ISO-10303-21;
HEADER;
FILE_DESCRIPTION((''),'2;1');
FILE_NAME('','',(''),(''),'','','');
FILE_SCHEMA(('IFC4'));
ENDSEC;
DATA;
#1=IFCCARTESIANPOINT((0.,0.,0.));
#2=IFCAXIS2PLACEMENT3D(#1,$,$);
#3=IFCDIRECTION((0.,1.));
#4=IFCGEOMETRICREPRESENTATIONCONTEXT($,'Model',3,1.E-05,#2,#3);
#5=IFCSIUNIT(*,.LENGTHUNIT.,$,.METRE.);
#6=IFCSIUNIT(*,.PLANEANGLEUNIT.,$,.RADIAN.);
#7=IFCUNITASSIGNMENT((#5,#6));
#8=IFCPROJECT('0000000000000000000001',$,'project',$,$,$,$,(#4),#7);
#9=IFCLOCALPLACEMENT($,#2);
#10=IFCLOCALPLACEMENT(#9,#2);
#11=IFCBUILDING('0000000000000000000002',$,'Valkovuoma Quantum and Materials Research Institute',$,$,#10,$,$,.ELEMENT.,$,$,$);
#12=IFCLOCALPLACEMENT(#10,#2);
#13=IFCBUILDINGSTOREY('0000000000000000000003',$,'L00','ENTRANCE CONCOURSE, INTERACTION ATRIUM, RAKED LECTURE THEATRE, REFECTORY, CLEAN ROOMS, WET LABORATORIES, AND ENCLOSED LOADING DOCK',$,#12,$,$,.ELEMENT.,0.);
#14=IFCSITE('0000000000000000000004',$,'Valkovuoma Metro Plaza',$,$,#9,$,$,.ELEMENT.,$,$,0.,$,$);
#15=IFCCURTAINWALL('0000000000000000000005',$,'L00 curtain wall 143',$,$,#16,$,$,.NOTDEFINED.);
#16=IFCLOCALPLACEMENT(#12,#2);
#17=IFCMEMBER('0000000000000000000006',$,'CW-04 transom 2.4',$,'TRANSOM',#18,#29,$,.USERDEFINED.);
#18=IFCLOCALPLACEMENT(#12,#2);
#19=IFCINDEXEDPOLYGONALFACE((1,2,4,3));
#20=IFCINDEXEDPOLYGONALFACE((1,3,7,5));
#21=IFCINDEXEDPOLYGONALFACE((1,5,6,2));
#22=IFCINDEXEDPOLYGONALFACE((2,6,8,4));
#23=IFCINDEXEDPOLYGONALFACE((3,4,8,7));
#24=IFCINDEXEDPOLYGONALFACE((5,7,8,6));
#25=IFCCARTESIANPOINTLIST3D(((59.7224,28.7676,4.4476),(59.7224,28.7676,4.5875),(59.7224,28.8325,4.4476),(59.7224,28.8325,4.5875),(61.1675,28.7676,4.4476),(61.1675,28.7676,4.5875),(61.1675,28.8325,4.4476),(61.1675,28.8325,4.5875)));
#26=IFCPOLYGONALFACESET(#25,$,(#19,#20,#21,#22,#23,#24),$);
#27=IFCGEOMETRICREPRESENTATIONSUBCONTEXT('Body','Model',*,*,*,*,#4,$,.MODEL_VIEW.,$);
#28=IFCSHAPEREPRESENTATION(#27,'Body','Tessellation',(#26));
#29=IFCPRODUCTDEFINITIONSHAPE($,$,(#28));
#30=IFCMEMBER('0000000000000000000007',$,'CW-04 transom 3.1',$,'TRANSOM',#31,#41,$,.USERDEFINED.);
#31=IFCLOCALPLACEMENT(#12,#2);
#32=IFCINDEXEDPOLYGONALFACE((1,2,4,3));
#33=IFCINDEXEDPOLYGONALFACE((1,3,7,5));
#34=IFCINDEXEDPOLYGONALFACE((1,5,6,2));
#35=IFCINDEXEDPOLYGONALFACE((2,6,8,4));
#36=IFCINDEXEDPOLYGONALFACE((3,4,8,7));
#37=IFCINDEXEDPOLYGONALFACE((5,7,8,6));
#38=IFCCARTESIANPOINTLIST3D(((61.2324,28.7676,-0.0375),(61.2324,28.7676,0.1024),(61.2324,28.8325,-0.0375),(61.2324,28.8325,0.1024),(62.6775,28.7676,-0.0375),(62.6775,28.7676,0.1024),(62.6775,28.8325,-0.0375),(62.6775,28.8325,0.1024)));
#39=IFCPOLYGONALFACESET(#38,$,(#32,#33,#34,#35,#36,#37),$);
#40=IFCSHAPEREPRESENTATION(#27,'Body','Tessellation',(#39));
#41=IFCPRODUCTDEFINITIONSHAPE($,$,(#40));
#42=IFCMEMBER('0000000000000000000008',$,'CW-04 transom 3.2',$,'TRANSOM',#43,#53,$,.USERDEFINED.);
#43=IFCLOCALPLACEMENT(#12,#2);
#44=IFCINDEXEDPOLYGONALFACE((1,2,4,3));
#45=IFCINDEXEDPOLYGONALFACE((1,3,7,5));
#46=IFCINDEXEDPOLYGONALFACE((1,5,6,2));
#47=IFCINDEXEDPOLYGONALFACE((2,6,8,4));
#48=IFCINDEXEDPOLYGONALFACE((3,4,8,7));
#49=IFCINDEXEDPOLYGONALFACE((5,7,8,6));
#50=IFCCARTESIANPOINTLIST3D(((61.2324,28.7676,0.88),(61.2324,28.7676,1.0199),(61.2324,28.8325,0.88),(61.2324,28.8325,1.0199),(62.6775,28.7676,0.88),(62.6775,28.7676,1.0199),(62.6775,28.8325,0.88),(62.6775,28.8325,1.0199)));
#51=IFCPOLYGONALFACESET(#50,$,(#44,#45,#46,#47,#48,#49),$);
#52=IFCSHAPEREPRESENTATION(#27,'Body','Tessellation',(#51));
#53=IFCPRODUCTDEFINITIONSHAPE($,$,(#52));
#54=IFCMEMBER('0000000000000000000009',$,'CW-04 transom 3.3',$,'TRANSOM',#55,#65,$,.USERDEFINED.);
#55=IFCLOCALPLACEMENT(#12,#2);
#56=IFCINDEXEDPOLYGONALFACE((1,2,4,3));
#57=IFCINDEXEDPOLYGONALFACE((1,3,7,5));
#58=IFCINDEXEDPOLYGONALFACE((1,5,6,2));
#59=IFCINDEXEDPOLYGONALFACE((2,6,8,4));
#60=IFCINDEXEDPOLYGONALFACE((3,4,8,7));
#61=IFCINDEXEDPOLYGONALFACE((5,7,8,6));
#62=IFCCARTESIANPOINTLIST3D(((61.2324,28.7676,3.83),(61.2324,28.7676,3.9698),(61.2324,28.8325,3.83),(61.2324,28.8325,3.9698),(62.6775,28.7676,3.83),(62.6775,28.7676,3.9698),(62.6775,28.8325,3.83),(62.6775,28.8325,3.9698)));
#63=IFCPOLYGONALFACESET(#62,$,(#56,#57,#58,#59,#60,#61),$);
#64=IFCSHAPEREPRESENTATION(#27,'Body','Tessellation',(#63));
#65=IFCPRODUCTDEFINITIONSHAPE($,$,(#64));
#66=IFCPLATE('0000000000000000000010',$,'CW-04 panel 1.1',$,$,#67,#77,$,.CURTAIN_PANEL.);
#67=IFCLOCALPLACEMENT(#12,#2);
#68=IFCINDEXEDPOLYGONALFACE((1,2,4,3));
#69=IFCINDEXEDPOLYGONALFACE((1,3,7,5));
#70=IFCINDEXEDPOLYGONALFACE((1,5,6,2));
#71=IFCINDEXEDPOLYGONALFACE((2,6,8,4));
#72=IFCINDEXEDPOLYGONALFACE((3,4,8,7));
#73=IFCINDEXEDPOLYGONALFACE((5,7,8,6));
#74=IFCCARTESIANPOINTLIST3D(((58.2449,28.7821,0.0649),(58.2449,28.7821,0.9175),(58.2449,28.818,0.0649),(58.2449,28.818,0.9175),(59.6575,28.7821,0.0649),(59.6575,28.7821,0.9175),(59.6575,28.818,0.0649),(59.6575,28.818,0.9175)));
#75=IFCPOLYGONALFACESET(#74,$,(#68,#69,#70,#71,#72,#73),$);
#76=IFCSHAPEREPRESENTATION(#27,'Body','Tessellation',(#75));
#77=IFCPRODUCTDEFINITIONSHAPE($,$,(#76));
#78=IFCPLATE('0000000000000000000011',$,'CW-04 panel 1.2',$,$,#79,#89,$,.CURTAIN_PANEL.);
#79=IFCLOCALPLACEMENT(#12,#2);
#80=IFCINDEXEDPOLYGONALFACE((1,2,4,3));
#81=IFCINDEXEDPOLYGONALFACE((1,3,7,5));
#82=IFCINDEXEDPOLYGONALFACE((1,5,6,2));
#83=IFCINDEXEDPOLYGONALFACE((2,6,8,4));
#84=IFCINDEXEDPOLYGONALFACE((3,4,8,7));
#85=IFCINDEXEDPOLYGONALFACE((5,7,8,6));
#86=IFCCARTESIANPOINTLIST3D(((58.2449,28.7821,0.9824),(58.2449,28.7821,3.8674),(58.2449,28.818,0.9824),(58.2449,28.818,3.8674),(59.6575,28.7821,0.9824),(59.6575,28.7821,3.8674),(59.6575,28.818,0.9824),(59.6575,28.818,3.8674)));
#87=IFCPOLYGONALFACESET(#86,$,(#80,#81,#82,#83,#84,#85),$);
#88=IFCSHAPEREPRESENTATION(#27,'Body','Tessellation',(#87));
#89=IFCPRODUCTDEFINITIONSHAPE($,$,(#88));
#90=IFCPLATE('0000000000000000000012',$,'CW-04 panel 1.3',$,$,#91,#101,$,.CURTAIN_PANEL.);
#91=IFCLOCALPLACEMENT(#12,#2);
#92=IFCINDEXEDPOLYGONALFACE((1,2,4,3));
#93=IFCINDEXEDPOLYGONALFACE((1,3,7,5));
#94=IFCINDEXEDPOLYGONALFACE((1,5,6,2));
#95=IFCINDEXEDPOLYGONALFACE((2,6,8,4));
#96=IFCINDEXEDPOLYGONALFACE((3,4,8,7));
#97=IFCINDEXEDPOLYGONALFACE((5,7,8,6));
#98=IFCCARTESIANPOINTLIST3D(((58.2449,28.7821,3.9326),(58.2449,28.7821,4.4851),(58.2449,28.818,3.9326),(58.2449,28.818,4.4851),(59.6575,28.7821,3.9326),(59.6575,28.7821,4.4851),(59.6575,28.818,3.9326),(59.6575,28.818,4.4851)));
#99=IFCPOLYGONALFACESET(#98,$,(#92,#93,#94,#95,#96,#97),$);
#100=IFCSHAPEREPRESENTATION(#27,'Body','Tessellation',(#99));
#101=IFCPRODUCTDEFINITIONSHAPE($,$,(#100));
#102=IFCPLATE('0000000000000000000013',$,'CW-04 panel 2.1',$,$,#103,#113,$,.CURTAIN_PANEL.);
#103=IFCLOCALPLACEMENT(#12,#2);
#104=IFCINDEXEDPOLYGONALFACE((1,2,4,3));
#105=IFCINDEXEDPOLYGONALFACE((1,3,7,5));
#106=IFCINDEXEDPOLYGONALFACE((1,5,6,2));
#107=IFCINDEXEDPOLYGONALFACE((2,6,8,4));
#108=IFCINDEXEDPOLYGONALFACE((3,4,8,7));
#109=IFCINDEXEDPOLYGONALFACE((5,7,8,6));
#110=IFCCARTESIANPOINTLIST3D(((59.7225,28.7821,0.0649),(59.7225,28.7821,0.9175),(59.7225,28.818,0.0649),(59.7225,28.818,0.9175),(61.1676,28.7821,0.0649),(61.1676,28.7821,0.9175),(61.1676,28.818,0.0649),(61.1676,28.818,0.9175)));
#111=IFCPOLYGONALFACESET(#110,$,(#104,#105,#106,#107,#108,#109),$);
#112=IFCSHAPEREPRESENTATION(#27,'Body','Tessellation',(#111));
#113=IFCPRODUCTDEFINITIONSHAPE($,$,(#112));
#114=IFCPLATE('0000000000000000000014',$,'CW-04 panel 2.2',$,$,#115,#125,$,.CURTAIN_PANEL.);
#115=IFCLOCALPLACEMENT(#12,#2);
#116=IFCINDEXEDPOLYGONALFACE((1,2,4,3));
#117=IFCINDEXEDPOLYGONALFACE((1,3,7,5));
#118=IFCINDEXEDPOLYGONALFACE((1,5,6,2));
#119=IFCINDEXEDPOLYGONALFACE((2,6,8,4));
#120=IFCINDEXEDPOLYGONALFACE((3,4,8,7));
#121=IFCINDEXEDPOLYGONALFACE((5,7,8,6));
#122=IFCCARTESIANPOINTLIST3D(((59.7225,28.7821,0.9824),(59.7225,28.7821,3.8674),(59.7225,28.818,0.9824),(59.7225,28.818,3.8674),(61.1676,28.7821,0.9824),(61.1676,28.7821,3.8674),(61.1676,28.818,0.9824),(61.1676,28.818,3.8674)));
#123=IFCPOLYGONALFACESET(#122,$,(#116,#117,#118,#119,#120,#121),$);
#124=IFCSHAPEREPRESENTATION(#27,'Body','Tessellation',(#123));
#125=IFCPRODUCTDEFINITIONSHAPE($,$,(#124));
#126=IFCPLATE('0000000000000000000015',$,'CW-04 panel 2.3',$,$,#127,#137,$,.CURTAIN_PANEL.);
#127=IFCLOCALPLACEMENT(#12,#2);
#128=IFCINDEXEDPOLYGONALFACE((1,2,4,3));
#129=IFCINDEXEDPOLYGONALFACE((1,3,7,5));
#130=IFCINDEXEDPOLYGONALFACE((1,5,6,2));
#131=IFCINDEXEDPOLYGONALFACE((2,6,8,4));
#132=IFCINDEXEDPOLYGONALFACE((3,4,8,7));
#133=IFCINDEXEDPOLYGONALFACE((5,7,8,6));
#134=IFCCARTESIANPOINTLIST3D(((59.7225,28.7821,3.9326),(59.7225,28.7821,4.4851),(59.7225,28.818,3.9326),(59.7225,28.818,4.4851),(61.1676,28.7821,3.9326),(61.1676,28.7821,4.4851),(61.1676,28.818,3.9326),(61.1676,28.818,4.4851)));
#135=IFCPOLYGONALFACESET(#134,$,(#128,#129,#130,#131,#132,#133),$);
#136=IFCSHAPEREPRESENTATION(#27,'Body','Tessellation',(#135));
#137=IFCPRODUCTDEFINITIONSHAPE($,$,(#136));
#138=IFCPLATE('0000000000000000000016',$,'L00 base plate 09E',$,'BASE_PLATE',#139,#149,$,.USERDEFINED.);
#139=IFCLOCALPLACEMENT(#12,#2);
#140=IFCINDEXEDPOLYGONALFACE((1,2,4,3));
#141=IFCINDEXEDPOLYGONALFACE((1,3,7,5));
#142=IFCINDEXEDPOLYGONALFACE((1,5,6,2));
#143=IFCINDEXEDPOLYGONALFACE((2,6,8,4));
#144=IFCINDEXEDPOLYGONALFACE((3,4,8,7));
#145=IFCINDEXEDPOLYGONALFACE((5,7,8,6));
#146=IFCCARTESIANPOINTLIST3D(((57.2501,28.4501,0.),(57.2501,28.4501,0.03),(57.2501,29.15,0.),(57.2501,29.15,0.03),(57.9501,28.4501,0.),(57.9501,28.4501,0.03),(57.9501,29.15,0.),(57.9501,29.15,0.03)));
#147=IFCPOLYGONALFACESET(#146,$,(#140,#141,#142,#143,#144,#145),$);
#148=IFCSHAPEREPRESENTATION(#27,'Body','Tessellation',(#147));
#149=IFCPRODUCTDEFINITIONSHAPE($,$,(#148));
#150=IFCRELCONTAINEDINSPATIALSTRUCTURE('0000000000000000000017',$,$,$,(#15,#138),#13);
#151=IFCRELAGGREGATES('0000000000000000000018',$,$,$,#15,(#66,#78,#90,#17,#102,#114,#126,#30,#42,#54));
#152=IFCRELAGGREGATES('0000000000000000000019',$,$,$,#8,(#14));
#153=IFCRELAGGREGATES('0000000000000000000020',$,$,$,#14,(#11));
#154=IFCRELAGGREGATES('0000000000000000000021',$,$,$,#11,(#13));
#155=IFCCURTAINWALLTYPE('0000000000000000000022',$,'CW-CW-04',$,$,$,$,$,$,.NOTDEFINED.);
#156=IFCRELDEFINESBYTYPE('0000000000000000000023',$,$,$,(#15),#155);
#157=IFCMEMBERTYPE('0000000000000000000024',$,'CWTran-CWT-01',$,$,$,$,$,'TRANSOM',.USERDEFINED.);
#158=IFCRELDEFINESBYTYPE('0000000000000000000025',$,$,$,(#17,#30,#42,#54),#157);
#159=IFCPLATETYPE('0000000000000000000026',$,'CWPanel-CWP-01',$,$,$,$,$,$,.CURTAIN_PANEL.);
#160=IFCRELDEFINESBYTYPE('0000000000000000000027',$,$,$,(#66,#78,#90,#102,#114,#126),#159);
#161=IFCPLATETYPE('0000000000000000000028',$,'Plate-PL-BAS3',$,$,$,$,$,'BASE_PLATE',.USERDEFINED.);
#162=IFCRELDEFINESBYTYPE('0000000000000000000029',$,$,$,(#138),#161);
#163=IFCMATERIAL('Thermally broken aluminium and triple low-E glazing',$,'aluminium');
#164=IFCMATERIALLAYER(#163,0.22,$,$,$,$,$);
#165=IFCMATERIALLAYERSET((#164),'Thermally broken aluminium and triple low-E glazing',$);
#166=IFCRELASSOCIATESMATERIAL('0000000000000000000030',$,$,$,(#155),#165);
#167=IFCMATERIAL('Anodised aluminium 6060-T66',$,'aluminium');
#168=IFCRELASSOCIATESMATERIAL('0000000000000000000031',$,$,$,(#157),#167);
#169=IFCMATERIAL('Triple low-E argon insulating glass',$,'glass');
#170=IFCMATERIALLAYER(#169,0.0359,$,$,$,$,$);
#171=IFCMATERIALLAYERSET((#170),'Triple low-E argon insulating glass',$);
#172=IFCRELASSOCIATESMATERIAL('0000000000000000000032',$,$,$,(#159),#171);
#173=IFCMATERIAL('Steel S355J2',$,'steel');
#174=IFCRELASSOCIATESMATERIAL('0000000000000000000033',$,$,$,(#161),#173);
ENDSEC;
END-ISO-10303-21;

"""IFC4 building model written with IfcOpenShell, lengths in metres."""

from ifc_helpers import new_model, si_unit, direction, frame, origin, origin_2d, place, context, subcontext, project, spatial, rectangle, extrude, material, layer, layer_set, material_profile, profile_set, type_object, element, aggregate, save


model = new_model("IFC4")

# Units and contexts
model_context = context("Model", 3, precision=1e-05, world=origin(), true_north=direction((0.0, 1.0)))
body_context = subcontext(model_context, "Body", "Model", "MODEL_VIEW")
ifc_project = project(units=[si_unit("LENGTHUNIT", "METRE"), si_unit("PLANEANGLEUNIT", "RADIAN")], contexts=[model_context])

# Site, building, storey
site_placement = place(None, origin())
site = spatial("IfcSite", under=ifc_project, at=site_placement, Name="Valkovuoma Metro Plaza", CompositionType="ELEMENT", RefElevation=0.0)
building_placement = place(site_placement, origin())
building = spatial("IfcBuilding", under=site, at=building_placement, Name="Valkovuoma Quantum and Materials Research Institute", CompositionType="ELEMENT")
storey_placement = place(building_placement, origin())
storey = spatial("IfcBuildingStorey", under=building, at=storey_placement, Name="L00", Description="ENTRANCE CONCOURSE, INTERACTION ATRIUM, RAKED LECTURE THEATRE, REFECTORY, CLEAN ROOMS, WET LABORATORIES, AND ENCLOSED LOADING DOCK", CompositionType="ELEMENT", Elevation=0.0)

# Curtain wall, members, plates
ifc_material_1 = material(Name="Thermally broken aluminium and triple low-E glazing", Category="aluminium")
ifc_layer_1 = layer(ifc_material_1, 0.22)
ifc_layer_set_1 = layer_set([ifc_layer_1], Name="Thermally broken aluminium and triple low-E glazing")
curtain_wall_type = type_object("IfcCurtainWallType", Name="CW-CW-04", PredefinedType="NOTDEFINED", material=ifc_layer_set_1)
curtain_wall_placement = place(storey_placement, origin())
curtain_wall = element("IfcCurtainWall", 1, at=curtain_wall_placement, inside=storey, type_object=curtain_wall_type, Name="L00 curtain wall 143", PredefinedType="NOTDEFINED")
ifc_material_2 = material(Name="Anodised aluminium 6060-T66", Category="aluminium")
ifc_material_profile_1 = material_profile(ifc_material_2, rectangle(XDim=0.0649, YDim=0.1399, at=origin_2d()), Name="Anodised aluminium 6060-T66")
ifc_profile_set_1 = profile_set([ifc_material_profile_1], Name="Anodised aluminium 6060-T66")
member_type_1 = type_object("IfcMemberType", Name="CWTran-CWT-01", ElementType="TRANSOM", PredefinedType="USERDEFINED", material=ifc_profile_set_1)
member_1_placement = place(storey_placement, frame((59.7224, 28.8, 4.5176), z_axis=(1.0, 0.0, 0.0), x_axis=(0.0, 1.0, 0.0)))
member_1 = element("IfcMember", 2, at=member_1_placement, type_object=member_type_1, Name="CW-04 transom 2.4", ObjectType="TRANSOM", PredefinedType="USERDEFINED", context=body_context, shape_type="SweptSolid", body=[
    extrude(rectangle(XDim=0.0649, YDim=0.1399, at=origin_2d()), origin(), (0.0, 0.0, 1.0), 1.4451),
])
member_2_placement = place(storey_placement, frame((61.2324, 28.8, 0.0325), z_axis=(1.0, 0.0, 0.0), x_axis=(0.0, 1.0, 0.0)))
member_2 = element("IfcMember", 3, at=member_2_placement, type_object=member_type_1, Name="CW-04 transom 3.1", ObjectType="TRANSOM", PredefinedType="USERDEFINED", context=body_context, shape_type="SweptSolid", body=[
    extrude(rectangle(XDim=0.0649, YDim=0.1399, at=origin_2d()), origin(), (0.0, 0.0, 1.0), 1.4451),
])
member_3_placement = place(storey_placement, frame((61.2324, 28.8, 0.95), z_axis=(1.0, 0.0, 0.0), x_axis=(0.0, 1.0, 0.0)))
member_3 = element("IfcMember", 4, at=member_3_placement, type_object=member_type_1, Name="CW-04 transom 3.2", ObjectType="TRANSOM", PredefinedType="USERDEFINED", context=body_context, shape_type="SweptSolid", body=[
    extrude(rectangle(XDim=0.0649, YDim=0.1399, at=origin_2d()), origin(), (0.0, 0.0, 1.0), 1.4451),
])
member_4_placement = place(storey_placement, frame((61.2324, 28.8, 3.8999), z_axis=(1.0, 0.0, 0.0), x_axis=(0.0, 1.0, 0.0)))
member_4 = element("IfcMember", 5, at=member_4_placement, type_object=member_type_1, Name="CW-04 transom 3.3", ObjectType="TRANSOM", PredefinedType="USERDEFINED", context=body_context, shape_type="SweptSolid", body=[
    extrude(rectangle(XDim=0.0649, YDim=0.1399, at=origin_2d()), origin(), (0.0, 0.0, 1.0), 1.4451),
])
ifc_material_3 = material(Name="Triple low-E argon insulating glass", Category="glass")
ifc_layer_2 = layer(ifc_material_3, 0.0359)
ifc_layer_set_2 = layer_set([ifc_layer_2], Name="Triple low-E argon insulating glass")
plate_type_1 = type_object("IfcPlateType", Name="CWPanel-CWP-01", PredefinedType="CURTAIN_PANEL", material=ifc_layer_set_2)
plate_1_placement = place(storey_placement, frame((58.9512, 28.8, 0.0649), z_axis=(0.0, 0.0, 1.0), x_axis=(1.0, 0.0, 0.0)))
plate_1 = element("IfcPlate", 6, at=plate_1_placement, type_object=plate_type_1, Name="CW-04 panel 1.1", PredefinedType="CURTAIN_PANEL", context=body_context, shape_type="SweptSolid", body=[
    extrude(rectangle(XDim=1.4126, YDim=0.0359, at=origin_2d()), origin(), (0.0, 0.0, 1.0), 0.8525),
])
plate_2_placement = place(storey_placement, frame((58.9512, 28.8, 0.9824), z_axis=(0.0, 0.0, 1.0), x_axis=(1.0, 0.0, 0.0)))
plate_2 = element("IfcPlate", 7, at=plate_2_placement, type_object=plate_type_1, Name="CW-04 panel 1.2", PredefinedType="CURTAIN_PANEL", context=body_context, shape_type="SweptSolid", body=[
    extrude(rectangle(XDim=1.4126, YDim=0.0359, at=origin_2d()), origin(), (0.0, 0.0, 1.0), 2.885),
])
plate_3_placement = place(storey_placement, frame((58.9512, 28.8, 3.9326), z_axis=(0.0, 0.0, 1.0), x_axis=(1.0, 0.0, 0.0)))
plate_3 = element("IfcPlate", 8, at=plate_3_placement, type_object=plate_type_1, Name="CW-04 panel 1.3", PredefinedType="CURTAIN_PANEL", context=body_context, shape_type="SweptSolid", body=[
    extrude(rectangle(XDim=1.4126, YDim=0.0359, at=origin_2d()), origin(), (0.0, 0.0, 1.0), 0.5525),
])
plate_4_placement = place(storey_placement, frame((60.4451, 28.8, 0.0649), z_axis=(0.0, 0.0, 1.0), x_axis=(1.0, 0.0, 0.0)))
plate_4 = element("IfcPlate", 9, at=plate_4_placement, type_object=plate_type_1, Name="CW-04 panel 2.1", PredefinedType="CURTAIN_PANEL", context=body_context, shape_type="SweptSolid", body=[
    extrude(rectangle(XDim=1.4451, YDim=0.0359, at=origin_2d()), origin(), (0.0, 0.0, 1.0), 0.8525),
])
plate_5_placement = place(storey_placement, frame((60.4451, 28.8, 0.9824), z_axis=(0.0, 0.0, 1.0), x_axis=(1.0, 0.0, 0.0)))
plate_5 = element("IfcPlate", 10, at=plate_5_placement, type_object=plate_type_1, Name="CW-04 panel 2.2", PredefinedType="CURTAIN_PANEL", context=body_context, shape_type="SweptSolid", body=[
    extrude(rectangle(XDim=1.4451, YDim=0.0359, at=origin_2d()), origin(), (0.0, 0.0, 1.0), 2.885),
])
plate_6_placement = place(storey_placement, frame((60.4451, 28.8, 3.9326), z_axis=(0.0, 0.0, 1.0), x_axis=(1.0, 0.0, 0.0)))
plate_6 = element("IfcPlate", 11, at=plate_6_placement, type_object=plate_type_1, Name="CW-04 panel 2.3", PredefinedType="CURTAIN_PANEL", context=body_context, shape_type="SweptSolid", body=[
    extrude(rectangle(XDim=1.4451, YDim=0.0359, at=origin_2d()), origin(), (0.0, 0.0, 1.0), 0.5525),
])
aggregate(curtain_wall, [plate_1, plate_2, plate_3, member_1, plate_4, plate_5, plate_6, member_2, member_3, member_4])

# Plate
ifc_material_4 = material(Name="Steel S355J2", Category="steel")
plate_type_2 = type_object("IfcPlateType", Name="Plate-PL-BAS3", ElementType="BASE_PLATE", PredefinedType="USERDEFINED", material=ifc_material_4)
plate_7_placement = place(storey_placement, frame((57.6001, 28.8, 0.0), z_axis=(0.0, 0.0, 1.0), x_axis=(1.0, 0.0, 0.0)))
element("IfcPlate", 12, at=plate_7_placement, inside=storey, type_object=plate_type_2, Name="L00 base plate 09E", ObjectType="BASE_PLATE", PredefinedType="USERDEFINED", context=body_context, shape_type="SweptSolid", body=[
    extrude(rectangle(XDim=0.7, YDim=0.7, at=origin_2d()), origin(), (0.0, 0.0, 1.0), 0.03),
])

save(model, "model.ifc")
